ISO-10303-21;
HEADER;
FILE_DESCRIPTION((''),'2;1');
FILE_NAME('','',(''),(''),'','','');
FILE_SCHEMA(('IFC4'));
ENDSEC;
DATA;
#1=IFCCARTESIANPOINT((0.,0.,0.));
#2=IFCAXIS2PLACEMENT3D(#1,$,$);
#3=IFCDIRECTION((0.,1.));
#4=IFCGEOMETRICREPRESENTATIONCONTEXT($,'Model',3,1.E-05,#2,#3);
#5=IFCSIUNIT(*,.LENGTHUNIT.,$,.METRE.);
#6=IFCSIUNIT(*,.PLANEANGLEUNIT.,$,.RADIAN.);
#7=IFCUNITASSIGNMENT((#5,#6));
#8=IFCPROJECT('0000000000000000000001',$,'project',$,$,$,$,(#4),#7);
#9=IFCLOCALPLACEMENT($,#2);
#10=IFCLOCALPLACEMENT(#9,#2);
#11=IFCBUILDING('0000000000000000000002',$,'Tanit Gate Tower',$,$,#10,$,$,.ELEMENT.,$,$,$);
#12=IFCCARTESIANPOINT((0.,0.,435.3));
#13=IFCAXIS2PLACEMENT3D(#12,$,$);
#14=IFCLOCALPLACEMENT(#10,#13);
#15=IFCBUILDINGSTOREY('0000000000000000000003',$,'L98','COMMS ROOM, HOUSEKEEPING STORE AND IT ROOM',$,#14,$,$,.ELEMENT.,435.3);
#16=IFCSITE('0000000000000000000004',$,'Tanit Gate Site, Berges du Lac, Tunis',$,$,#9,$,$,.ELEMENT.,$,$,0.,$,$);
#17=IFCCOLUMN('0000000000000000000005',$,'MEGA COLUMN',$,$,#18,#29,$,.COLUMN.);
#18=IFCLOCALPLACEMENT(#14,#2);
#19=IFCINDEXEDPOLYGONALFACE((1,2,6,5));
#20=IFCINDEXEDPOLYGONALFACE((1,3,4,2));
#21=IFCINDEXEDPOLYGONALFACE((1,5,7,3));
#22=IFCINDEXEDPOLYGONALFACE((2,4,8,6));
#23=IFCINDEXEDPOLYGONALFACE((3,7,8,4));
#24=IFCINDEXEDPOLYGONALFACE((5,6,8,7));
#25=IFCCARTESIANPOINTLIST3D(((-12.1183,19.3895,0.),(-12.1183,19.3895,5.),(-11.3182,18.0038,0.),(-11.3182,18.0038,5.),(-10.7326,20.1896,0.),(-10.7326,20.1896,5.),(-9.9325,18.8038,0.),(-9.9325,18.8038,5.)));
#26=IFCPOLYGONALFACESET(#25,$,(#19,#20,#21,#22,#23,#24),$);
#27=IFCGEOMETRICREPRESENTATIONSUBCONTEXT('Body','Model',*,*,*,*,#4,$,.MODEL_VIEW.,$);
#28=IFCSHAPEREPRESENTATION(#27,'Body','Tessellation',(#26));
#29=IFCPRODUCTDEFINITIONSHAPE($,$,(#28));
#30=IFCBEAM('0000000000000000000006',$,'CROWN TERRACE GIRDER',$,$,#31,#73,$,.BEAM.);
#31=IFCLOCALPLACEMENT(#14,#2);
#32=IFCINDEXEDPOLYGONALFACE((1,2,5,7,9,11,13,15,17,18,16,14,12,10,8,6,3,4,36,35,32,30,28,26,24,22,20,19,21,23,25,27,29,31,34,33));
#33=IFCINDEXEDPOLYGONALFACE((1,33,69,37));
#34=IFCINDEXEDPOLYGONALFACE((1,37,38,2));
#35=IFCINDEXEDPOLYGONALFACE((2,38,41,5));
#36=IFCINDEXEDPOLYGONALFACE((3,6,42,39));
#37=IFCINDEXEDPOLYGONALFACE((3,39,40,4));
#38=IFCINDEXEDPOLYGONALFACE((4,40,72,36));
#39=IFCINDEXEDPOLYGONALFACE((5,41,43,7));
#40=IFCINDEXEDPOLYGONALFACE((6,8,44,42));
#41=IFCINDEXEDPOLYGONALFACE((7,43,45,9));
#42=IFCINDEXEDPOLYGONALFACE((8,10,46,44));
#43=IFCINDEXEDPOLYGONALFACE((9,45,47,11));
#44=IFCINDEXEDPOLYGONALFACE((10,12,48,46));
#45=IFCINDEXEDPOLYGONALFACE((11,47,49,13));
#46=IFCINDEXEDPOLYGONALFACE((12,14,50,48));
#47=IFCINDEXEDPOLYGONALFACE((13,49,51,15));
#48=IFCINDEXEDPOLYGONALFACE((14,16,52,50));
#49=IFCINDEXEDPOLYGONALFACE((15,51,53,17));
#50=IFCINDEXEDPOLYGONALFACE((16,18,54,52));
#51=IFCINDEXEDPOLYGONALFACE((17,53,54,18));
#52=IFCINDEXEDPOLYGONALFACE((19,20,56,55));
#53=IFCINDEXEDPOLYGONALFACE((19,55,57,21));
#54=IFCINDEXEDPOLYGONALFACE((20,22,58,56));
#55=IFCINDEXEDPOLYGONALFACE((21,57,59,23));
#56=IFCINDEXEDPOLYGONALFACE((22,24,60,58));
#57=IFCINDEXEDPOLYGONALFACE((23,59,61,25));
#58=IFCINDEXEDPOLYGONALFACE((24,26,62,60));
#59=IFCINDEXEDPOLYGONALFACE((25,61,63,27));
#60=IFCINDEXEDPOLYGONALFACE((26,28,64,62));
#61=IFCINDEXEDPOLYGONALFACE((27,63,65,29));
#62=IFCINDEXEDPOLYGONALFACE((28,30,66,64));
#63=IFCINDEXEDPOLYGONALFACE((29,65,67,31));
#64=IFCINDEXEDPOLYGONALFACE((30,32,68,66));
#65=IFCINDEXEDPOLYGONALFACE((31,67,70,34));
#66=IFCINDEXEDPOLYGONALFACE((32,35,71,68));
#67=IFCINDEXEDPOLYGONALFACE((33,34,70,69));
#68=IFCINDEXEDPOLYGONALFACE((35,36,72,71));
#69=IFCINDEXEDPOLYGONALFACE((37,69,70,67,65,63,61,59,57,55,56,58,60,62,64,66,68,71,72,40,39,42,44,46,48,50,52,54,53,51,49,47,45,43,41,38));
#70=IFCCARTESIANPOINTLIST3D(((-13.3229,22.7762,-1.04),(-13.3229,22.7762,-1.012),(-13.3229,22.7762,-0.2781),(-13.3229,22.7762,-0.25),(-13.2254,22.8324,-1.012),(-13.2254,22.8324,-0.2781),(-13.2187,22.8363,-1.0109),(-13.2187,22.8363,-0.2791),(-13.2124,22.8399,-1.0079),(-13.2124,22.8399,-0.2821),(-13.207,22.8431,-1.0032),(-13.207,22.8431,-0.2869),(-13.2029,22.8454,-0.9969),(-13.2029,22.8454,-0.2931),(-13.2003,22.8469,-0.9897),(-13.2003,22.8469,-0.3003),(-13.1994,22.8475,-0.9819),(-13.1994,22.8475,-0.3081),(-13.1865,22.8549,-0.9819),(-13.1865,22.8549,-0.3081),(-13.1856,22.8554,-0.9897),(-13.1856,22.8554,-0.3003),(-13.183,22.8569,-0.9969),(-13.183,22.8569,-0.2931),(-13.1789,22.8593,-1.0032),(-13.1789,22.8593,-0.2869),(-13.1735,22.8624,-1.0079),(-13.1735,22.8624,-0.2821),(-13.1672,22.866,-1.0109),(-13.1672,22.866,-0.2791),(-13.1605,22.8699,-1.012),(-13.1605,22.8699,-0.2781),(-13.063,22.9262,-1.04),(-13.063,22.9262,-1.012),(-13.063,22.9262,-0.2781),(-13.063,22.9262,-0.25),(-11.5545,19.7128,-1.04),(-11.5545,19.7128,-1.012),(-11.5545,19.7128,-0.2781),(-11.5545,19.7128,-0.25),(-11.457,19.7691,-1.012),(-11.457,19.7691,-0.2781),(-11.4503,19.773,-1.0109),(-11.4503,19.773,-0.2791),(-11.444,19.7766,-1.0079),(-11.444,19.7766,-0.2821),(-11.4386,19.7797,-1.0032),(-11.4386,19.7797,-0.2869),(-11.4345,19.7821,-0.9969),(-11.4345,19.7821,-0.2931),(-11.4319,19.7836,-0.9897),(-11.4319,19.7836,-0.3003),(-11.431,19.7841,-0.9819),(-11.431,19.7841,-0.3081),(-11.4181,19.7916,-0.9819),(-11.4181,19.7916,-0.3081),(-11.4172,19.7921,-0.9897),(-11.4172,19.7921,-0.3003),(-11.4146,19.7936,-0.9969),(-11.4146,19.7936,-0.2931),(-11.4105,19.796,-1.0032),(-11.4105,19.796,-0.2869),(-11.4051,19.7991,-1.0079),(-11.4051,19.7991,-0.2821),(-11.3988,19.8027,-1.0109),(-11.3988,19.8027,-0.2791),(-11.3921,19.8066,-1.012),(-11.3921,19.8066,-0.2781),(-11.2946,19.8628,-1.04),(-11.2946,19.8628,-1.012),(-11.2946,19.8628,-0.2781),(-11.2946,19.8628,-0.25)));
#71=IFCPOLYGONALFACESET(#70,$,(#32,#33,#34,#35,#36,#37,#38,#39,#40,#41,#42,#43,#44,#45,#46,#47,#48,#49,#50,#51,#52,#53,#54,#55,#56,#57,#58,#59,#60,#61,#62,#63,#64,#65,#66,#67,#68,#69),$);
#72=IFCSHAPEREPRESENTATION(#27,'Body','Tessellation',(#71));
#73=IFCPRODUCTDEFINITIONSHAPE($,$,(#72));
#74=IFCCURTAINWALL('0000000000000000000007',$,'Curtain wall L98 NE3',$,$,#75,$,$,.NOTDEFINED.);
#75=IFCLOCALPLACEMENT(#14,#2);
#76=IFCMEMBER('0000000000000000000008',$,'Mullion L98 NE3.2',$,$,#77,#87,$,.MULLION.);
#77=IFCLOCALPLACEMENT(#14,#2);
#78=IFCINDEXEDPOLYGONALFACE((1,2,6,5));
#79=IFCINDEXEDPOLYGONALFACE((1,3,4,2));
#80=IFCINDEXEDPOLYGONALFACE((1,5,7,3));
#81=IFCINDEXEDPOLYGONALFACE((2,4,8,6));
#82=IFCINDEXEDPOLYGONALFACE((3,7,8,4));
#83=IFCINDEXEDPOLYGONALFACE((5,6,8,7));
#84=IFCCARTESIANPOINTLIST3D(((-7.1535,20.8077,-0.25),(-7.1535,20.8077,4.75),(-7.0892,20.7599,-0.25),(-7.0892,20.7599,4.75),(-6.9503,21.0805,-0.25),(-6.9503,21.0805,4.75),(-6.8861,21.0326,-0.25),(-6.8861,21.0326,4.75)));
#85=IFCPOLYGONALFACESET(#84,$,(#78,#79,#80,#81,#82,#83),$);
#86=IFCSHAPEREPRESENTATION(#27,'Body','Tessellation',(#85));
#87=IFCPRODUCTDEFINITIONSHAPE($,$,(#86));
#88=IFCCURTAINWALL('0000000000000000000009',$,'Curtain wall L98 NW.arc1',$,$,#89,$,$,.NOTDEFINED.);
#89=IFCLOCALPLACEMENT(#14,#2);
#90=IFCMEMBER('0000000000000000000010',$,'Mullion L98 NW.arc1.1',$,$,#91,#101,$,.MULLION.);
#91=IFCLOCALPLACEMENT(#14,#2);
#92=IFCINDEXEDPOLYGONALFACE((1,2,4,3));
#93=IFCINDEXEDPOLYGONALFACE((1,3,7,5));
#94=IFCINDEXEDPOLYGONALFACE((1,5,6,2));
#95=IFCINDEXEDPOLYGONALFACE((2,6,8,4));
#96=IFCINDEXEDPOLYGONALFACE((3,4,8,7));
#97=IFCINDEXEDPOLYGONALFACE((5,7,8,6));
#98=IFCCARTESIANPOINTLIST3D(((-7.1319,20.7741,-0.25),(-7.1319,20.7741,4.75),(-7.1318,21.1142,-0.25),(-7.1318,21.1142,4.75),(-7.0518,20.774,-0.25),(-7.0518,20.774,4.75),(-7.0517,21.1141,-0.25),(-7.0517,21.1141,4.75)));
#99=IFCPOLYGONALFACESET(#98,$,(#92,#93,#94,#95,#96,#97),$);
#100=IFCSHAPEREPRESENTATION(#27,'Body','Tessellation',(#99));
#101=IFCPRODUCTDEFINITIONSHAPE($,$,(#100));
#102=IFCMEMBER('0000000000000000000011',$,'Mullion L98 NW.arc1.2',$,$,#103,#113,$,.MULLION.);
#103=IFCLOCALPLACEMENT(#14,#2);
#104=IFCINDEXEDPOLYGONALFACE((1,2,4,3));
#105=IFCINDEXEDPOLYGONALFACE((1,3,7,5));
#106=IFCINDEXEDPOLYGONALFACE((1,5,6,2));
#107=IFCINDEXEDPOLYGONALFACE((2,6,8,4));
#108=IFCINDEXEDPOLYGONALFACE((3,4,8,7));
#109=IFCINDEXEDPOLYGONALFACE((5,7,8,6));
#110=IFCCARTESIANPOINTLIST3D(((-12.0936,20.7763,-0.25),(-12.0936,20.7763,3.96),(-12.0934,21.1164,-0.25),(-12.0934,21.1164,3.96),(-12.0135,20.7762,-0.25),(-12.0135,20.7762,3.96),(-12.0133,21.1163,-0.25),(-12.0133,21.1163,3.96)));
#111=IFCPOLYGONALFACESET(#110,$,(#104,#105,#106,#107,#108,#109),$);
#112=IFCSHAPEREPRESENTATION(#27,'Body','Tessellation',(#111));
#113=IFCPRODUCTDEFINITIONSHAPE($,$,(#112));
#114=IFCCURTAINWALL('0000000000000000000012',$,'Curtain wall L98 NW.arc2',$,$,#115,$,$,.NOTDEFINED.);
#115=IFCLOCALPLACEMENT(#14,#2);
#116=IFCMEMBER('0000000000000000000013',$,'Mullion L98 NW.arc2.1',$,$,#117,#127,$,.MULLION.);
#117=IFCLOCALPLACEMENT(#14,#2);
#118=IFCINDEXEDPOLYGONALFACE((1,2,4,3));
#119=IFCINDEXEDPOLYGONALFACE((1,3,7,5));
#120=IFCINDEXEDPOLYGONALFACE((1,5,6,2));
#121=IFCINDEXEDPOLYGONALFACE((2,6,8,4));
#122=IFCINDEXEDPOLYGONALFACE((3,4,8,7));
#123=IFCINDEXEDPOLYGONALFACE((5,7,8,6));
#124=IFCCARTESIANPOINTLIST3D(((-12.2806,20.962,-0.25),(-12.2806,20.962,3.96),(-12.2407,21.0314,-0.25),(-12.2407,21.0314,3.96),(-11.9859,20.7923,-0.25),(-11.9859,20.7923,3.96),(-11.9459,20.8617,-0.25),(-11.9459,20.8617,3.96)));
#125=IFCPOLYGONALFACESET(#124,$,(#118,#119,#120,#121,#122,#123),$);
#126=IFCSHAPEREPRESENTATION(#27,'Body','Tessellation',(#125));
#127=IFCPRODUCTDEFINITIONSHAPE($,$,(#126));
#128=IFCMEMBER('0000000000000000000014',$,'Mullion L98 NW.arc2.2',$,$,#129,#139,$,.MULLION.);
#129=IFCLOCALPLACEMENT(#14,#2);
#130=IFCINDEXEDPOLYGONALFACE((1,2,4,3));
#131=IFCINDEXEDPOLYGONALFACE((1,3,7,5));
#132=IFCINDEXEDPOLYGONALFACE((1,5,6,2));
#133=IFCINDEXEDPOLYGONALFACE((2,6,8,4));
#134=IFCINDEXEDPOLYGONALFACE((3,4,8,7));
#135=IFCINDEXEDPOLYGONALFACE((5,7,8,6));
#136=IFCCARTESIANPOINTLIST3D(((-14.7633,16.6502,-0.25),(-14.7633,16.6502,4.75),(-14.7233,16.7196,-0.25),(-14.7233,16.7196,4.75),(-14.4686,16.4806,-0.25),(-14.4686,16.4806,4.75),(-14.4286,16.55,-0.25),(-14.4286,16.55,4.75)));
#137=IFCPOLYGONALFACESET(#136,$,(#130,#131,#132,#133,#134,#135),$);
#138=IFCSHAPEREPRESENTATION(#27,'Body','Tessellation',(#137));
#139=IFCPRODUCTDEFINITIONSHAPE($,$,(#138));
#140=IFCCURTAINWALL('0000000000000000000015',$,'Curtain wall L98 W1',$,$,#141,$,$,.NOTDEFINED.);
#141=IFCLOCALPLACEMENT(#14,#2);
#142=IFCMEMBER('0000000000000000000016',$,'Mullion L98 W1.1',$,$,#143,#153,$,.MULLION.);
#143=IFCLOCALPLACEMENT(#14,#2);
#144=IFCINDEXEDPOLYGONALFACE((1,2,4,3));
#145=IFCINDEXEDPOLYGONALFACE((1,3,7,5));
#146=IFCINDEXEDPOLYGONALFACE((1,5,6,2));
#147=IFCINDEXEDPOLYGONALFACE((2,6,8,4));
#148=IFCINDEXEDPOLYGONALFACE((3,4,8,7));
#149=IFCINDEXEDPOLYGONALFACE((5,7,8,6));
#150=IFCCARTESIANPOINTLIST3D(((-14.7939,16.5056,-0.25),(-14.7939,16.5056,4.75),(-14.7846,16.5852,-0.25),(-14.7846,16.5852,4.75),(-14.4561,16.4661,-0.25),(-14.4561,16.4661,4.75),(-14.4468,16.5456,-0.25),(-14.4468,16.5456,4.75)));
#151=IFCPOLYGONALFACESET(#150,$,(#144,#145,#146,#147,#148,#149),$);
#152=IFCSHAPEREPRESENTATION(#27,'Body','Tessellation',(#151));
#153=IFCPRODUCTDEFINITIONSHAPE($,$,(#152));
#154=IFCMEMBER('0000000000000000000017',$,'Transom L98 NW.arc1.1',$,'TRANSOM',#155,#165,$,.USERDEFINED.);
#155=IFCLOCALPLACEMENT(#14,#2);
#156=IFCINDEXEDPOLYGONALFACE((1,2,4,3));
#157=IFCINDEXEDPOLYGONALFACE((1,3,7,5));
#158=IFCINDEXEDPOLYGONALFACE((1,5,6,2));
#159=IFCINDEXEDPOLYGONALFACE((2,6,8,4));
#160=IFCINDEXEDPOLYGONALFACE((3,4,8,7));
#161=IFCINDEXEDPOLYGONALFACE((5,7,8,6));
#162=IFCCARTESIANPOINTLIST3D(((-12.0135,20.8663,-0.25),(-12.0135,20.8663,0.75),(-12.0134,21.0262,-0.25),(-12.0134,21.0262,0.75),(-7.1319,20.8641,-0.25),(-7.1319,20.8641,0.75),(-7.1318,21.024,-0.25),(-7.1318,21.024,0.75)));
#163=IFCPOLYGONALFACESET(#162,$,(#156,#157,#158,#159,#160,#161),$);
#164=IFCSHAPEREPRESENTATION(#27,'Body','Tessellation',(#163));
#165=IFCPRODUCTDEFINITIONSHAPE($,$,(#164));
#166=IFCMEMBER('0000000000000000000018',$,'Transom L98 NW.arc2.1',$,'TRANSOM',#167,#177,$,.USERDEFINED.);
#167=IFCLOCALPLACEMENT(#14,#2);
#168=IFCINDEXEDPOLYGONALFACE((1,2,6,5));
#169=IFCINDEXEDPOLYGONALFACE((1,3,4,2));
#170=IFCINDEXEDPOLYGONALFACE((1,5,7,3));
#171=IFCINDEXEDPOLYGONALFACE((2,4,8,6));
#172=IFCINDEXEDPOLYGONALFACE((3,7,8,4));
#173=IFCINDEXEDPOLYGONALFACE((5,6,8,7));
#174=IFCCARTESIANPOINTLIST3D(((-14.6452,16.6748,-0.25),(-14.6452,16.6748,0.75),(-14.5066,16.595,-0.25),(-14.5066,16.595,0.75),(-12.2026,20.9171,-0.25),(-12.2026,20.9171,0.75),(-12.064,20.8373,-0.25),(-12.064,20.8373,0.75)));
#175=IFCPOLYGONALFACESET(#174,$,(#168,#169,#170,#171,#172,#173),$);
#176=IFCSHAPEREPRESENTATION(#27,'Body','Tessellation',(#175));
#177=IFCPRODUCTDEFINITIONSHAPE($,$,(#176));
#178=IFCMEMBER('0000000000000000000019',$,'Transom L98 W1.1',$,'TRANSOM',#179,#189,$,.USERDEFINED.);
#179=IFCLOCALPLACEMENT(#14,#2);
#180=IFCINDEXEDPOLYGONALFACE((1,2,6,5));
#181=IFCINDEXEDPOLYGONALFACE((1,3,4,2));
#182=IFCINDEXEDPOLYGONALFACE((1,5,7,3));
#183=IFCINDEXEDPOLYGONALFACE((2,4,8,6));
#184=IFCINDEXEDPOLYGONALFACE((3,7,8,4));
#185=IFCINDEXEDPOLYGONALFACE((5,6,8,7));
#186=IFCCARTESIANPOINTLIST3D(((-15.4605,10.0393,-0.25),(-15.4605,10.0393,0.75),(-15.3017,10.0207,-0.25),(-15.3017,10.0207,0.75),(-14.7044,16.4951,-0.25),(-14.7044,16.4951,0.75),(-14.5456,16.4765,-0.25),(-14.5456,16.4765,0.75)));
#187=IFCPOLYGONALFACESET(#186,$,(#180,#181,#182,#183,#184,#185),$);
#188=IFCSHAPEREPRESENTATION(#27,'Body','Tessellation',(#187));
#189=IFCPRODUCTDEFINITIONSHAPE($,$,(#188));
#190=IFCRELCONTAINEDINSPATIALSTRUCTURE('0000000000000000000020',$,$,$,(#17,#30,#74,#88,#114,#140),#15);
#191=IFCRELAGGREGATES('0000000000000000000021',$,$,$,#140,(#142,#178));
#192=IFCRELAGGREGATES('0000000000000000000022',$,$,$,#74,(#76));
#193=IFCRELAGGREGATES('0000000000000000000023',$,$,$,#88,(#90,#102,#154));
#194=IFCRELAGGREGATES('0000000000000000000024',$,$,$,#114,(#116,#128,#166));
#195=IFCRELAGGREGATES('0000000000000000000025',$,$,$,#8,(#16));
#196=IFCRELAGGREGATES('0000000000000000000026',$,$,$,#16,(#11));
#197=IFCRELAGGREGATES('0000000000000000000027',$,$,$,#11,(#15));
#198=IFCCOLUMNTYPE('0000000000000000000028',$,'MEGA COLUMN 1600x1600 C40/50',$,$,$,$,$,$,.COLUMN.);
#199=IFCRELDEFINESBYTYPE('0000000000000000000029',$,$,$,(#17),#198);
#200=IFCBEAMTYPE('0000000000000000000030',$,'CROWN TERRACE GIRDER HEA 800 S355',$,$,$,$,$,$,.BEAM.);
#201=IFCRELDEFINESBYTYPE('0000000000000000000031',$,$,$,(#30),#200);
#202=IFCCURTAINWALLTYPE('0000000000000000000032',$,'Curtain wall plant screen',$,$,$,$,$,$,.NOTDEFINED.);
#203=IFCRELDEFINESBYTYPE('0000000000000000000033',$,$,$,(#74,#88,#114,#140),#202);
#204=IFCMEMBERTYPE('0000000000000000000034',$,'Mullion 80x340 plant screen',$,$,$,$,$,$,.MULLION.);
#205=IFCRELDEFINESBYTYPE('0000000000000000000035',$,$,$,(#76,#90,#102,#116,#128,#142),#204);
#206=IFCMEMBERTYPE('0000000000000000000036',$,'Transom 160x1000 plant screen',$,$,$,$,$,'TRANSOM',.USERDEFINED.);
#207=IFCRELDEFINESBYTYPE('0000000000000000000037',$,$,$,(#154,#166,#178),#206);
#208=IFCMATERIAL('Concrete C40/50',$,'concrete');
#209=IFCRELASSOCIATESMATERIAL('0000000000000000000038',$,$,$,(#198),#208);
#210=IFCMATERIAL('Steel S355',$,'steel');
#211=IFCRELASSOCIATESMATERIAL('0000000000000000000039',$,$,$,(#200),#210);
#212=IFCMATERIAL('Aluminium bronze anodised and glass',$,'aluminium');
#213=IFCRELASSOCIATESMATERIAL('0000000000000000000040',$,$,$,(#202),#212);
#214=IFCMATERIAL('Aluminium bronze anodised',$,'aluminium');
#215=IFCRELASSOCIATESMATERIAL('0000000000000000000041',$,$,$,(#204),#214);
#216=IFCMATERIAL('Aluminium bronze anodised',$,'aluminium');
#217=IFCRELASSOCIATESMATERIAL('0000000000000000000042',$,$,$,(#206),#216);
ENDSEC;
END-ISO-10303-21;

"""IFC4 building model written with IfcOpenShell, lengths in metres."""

from ifc_helpers import new_model, si_unit, direction, frame, origin, origin_2d, place, context, subcontext, project, spatial, rectangle, i_section, extrude, material, material_profile, profile_set, type_object, element, aggregate, save


model = new_model("IFC4")

# Units and contexts
model_context = context("Model", 3, precision=1e-05, world=origin(), true_north=direction((0.0, 1.0)))
body_context = subcontext(model_context, "Body", "Model", "MODEL_VIEW")
ifc_project = project(units=[si_unit("LENGTHUNIT", "METRE"), si_unit("PLANEANGLEUNIT", "RADIAN")], contexts=[model_context])

# Site, building, storey
site_placement = place(None, origin())
site = spatial("IfcSite", under=ifc_project, at=site_placement, Name="Tanit Gate Site, Berges du Lac, Tunis", CompositionType="ELEMENT", RefElevation=0.0)
building_placement = place(site_placement, origin())
building = spatial("IfcBuilding", under=site, at=building_placement, Name="Tanit Gate Tower", CompositionType="ELEMENT")
storey_placement = place(building_placement, frame((0.0, 0.0, 435.3)))
storey = spatial("IfcBuildingStorey", under=building, at=storey_placement, Name="L98", Description="COMMS ROOM, HOUSEKEEPING STORE AND IT ROOM", CompositionType="ELEMENT", Elevation=435.3)

# Column
ifc_material_1 = material(Name="Concrete C40/50", Category="concrete")
ifc_material_profile_1 = material_profile(ifc_material_1, rectangle(XDim=1.6001, YDim=1.6001, at=origin_2d()), Name="RC 1600x1600")
ifc_profile_set_1 = profile_set([ifc_material_profile_1], Name="Concrete C40/50")
column_type = type_object("IfcColumnType", Name="MEGA COLUMN 1600x1600 C40/50", PredefinedType="COLUMN", material=ifc_profile_set_1)
column_placement = place(storey_placement, frame((-11.0254, 19.0967, 0.0), z_axis=(0.0, 0.0, 1.0), x_axis=(-0.5, 0.866025, 0.0)))
element("IfcColumn", 1, at=column_placement, inside=storey, type_object=column_type, Name="MEGA COLUMN", PredefinedType="COLUMN", context=body_context, shape_type="SweptSolid", body=[
    extrude(rectangle(XDim=1.6001, YDim=1.6001, at=origin_2d()), origin(), (0.0, 0.0, 1.0), 5.0),
])

# Beam
ifc_material_2 = material(Name="Steel S355", Category="steel")
ifc_material_profile_2 = material_profile(ifc_material_2, i_section(OverallWidth=0.3, OverallDepth=0.79, WebThickness=0.0149, FlangeThickness=0.0281, FilletRadius=0.03, at=origin_2d()), Name="HEA 800")
ifc_profile_set_2 = profile_set([ifc_material_profile_2], Name="Steel S355")
beam_type = type_object("IfcBeamType", Name="CROWN TERRACE GIRDER HEA 800 S355", PredefinedType="BEAM", material=ifc_profile_set_2)
beam_placement = place(storey_placement, frame((-11.4246, 19.7878, -0.645), z_axis=(-0.499948, 0.866056, 0.0), x_axis=(-0.866056, -0.499948, 0.0)))
element("IfcBeam", 2, at=beam_placement, inside=storey, type_object=beam_type, Name="CROWN TERRACE GIRDER", PredefinedType="BEAM", context=body_context, shape_type="SweptSolid", body=[
    extrude(i_section(OverallWidth=0.3, OverallDepth=0.79, WebThickness=0.0149, FlangeThickness=0.0281, FilletRadius=0.03, at=origin_2d()), origin(), (0.0, 0.0, 1.0), 3.5371),
])

# Curtain wall, member
ifc_material_3 = material(Name="Aluminium bronze anodised and glass", Category="aluminium")
curtain_wall_type = type_object("IfcCurtainWallType", Name="Curtain wall plant screen", PredefinedType="NOTDEFINED", material=ifc_material_3)
curtain_wall_1_placement = place(storey_placement, origin())
curtain_wall_1 = element("IfcCurtainWall", 3, at=curtain_wall_1_placement, inside=storey, type_object=curtain_wall_type, Name="Curtain wall L98 NE3", PredefinedType="NOTDEFINED")
ifc_material_4 = material(Name="Aluminium bronze anodised", Category="aluminium")
ifc_material_profile_3 = material_profile(ifc_material_4, rectangle(XDim=0.3401, YDim=0.0801, at=origin_2d()), Name="80x340 bronze mullion")
ifc_profile_set_3 = profile_set([ifc_material_profile_3], Name="Aluminium bronze anodised")
member_type_1 = type_object("IfcMemberType", Name="Mullion 80x340 plant screen", PredefinedType="MULLION", material=ifc_profile_set_3)
member_1_placement = place(storey_placement, frame((-7.0198, 20.9202, -0.25), z_axis=(0.0, 0.0, 1.0), x_axis=(-0.597341, -0.801988, 0.0)))
member_1 = element("IfcMember", 4, at=member_1_placement, type_object=member_type_1, Name="Mullion L98 NE3.2", PredefinedType="MULLION", context=body_context, shape_type="SweptSolid", body=[
    extrude(rectangle(XDim=0.3401, YDim=0.0801, at=origin_2d()), origin(), (0.0, 0.0, 1.0), 5.0),
])

# Curtain walls, members
curtain_wall_2_placement = place(storey_placement, origin())
curtain_wall_2 = element("IfcCurtainWall", 5, at=curtain_wall_2_placement, inside=storey, type_object=curtain_wall_type, Name="Curtain wall L98 NW.arc1", PredefinedType="NOTDEFINED")
member_2_placement = place(storey_placement, frame((-7.0918, 20.9441, -0.25), z_axis=(0.0, 0.0, 1.0), x_axis=(-0.000471, -1.0, 0.0)))
member_2 = element("IfcMember", 6, at=member_2_placement, type_object=member_type_1, Name="Mullion L98 NW.arc1.1", PredefinedType="MULLION", context=body_context, shape_type="SweptSolid", body=[
    extrude(rectangle(XDim=0.3401, YDim=0.0801, at=origin_2d()), origin(), (0.0, 0.0, 1.0), 5.0),
])
member_3_placement = place(storey_placement, frame((-12.0535, 20.9463, -0.25), z_axis=(0.0, 0.0, 1.0), x_axis=(-0.000471, -1.0, 0.0)))
member_3 = element("IfcMember", 7, at=member_3_placement, type_object=member_type_1, Name="Mullion L98 NW.arc1.2", PredefinedType="MULLION", context=body_context, shape_type="SweptSolid", body=[
    extrude(rectangle(XDim=0.3401, YDim=0.0801, at=origin_2d()), origin(), (0.0, 0.0, 1.0), 4.21),
])
curtain_wall_3_placement = place(storey_placement, origin())
curtain_wall_3 = element("IfcCurtainWall", 8, at=curtain_wall_3_placement, inside=storey, type_object=curtain_wall_type, Name="Curtain wall L98 NW.arc2", PredefinedType="NOTDEFINED")
member_4_placement = place(storey_placement, frame((-12.1133, 20.9119, -0.25), z_axis=(0.0, 0.0, 1.0), x_axis=(0.866624, -0.498961, 0.0)))
member_4 = element("IfcMember", 9, at=member_4_placement, type_object=member_type_1, Name="Mullion L98 NW.arc2.1", PredefinedType="MULLION", context=body_context, shape_type="SweptSolid", body=[
    extrude(rectangle(XDim=0.3401, YDim=0.0801, at=origin_2d()), origin(), (0.0, 0.0, 1.0), 4.21),
])
member_5_placement = place(storey_placement, frame((-14.5959, 16.6001, -0.25), z_axis=(0.0, 0.0, 1.0), x_axis=(0.866624, -0.498961, 0.0)))
member_5 = element("IfcMember", 10, at=member_5_placement, type_object=member_type_1, Name="Mullion L98 NW.arc2.2", PredefinedType="MULLION", context=body_context, shape_type="SweptSolid", body=[
    extrude(rectangle(XDim=0.3401, YDim=0.0801, at=origin_2d()), origin(), (0.0, 0.0, 1.0), 5.0),
])

# Curtain wall, member
curtain_wall_4_placement = place(storey_placement, origin())
curtain_wall_4 = element("IfcCurtainWall", 11, at=curtain_wall_4_placement, inside=storey, type_object=curtain_wall_type, Name="Curtain wall L98 W1", PredefinedType="NOTDEFINED")
member_6_placement = place(storey_placement, frame((-14.6204, 16.5256, -0.25), z_axis=(0.0, 0.0, 1.0), x_axis=(0.993212, -0.116318, 0.0)))
member_6 = element("IfcMember", 12, at=member_6_placement, type_object=member_type_1, Name="Mullion L98 W1.1", PredefinedType="MULLION", context=body_context, shape_type="SweptSolid", body=[
    extrude(rectangle(XDim=0.3401, YDim=0.0801, at=origin_2d()), origin(), (0.0, 0.0, 1.0), 5.0),
])

# Members
ifc_material_5 = material(Name="Aluminium bronze anodised", Category="aluminium")
ifc_material_profile_4 = material_profile(ifc_material_5, rectangle(XDim=0.1599, YDim=1.0, at=origin_2d()), Name="160x1000 bronze transom")
ifc_profile_set_4 = profile_set([ifc_material_profile_4], Name="Aluminium bronze anodised")
member_type_2 = type_object("IfcMemberType", Name="Transom 160x1000 plant screen", ElementType="TRANSOM", PredefinedType="USERDEFINED", material=ifc_profile_set_4)
member_7_placement = place(storey_placement, frame((-7.1318, 20.9441, 0.25), z_axis=(-1.0, 0.00045, 0.0), x_axis=(-0.00045, -1.0, 0.0)))
member_7 = element("IfcMember", 13, at=member_7_placement, type_object=member_type_2, Name="Transom L98 NW.arc1.1", ObjectType="TRANSOM", PredefinedType="USERDEFINED", context=body_context, shape_type="SweptSolid", body=[
    extrude(rectangle(XDim=0.1599, YDim=1.0, at=origin_2d()), origin(), (0.0, 0.0, 1.0), 4.8816),
])
member_8_placement = place(storey_placement, frame((-12.1333, 20.8772, 0.25), z_axis=(-0.498967, -0.866621, 0.0), x_axis=(0.866621, -0.498967, 0.0)))
member_8 = element("IfcMember", 14, at=member_8_placement, type_object=member_type_2, Name="Transom L98 NW.arc2.1", ObjectType="TRANSOM", PredefinedType="USERDEFINED", context=body_context, shape_type="SweptSolid", body=[
    extrude(rectangle(XDim=0.1599, YDim=1.0, at=origin_2d()), origin(), (0.0, 0.0, 1.0), 4.8953),
])
member_9_placement = place(storey_placement, frame((-14.625, 16.4858, 0.25), z_axis=(-0.116325, -0.993211, 0.0), x_axis=(0.993211, -0.116325, 0.0)))
member_9 = element("IfcMember", 15, at=member_9_placement, type_object=member_type_2, Name="Transom L98 W1.1", ObjectType="TRANSOM", PredefinedType="USERDEFINED", context=body_context, shape_type="SweptSolid", body=[
    extrude(rectangle(XDim=0.1599, YDim=1.0, at=origin_2d()), origin(), (0.0, 0.0, 1.0), 6.5),
])
aggregate(curtain_wall_4, [member_6, member_9])

aggregate(curtain_wall_1, [member_1])
aggregate(curtain_wall_2, [member_2, member_3, member_7])
aggregate(curtain_wall_3, [member_4, member_5, member_8])

save(model, "model.ifc")
